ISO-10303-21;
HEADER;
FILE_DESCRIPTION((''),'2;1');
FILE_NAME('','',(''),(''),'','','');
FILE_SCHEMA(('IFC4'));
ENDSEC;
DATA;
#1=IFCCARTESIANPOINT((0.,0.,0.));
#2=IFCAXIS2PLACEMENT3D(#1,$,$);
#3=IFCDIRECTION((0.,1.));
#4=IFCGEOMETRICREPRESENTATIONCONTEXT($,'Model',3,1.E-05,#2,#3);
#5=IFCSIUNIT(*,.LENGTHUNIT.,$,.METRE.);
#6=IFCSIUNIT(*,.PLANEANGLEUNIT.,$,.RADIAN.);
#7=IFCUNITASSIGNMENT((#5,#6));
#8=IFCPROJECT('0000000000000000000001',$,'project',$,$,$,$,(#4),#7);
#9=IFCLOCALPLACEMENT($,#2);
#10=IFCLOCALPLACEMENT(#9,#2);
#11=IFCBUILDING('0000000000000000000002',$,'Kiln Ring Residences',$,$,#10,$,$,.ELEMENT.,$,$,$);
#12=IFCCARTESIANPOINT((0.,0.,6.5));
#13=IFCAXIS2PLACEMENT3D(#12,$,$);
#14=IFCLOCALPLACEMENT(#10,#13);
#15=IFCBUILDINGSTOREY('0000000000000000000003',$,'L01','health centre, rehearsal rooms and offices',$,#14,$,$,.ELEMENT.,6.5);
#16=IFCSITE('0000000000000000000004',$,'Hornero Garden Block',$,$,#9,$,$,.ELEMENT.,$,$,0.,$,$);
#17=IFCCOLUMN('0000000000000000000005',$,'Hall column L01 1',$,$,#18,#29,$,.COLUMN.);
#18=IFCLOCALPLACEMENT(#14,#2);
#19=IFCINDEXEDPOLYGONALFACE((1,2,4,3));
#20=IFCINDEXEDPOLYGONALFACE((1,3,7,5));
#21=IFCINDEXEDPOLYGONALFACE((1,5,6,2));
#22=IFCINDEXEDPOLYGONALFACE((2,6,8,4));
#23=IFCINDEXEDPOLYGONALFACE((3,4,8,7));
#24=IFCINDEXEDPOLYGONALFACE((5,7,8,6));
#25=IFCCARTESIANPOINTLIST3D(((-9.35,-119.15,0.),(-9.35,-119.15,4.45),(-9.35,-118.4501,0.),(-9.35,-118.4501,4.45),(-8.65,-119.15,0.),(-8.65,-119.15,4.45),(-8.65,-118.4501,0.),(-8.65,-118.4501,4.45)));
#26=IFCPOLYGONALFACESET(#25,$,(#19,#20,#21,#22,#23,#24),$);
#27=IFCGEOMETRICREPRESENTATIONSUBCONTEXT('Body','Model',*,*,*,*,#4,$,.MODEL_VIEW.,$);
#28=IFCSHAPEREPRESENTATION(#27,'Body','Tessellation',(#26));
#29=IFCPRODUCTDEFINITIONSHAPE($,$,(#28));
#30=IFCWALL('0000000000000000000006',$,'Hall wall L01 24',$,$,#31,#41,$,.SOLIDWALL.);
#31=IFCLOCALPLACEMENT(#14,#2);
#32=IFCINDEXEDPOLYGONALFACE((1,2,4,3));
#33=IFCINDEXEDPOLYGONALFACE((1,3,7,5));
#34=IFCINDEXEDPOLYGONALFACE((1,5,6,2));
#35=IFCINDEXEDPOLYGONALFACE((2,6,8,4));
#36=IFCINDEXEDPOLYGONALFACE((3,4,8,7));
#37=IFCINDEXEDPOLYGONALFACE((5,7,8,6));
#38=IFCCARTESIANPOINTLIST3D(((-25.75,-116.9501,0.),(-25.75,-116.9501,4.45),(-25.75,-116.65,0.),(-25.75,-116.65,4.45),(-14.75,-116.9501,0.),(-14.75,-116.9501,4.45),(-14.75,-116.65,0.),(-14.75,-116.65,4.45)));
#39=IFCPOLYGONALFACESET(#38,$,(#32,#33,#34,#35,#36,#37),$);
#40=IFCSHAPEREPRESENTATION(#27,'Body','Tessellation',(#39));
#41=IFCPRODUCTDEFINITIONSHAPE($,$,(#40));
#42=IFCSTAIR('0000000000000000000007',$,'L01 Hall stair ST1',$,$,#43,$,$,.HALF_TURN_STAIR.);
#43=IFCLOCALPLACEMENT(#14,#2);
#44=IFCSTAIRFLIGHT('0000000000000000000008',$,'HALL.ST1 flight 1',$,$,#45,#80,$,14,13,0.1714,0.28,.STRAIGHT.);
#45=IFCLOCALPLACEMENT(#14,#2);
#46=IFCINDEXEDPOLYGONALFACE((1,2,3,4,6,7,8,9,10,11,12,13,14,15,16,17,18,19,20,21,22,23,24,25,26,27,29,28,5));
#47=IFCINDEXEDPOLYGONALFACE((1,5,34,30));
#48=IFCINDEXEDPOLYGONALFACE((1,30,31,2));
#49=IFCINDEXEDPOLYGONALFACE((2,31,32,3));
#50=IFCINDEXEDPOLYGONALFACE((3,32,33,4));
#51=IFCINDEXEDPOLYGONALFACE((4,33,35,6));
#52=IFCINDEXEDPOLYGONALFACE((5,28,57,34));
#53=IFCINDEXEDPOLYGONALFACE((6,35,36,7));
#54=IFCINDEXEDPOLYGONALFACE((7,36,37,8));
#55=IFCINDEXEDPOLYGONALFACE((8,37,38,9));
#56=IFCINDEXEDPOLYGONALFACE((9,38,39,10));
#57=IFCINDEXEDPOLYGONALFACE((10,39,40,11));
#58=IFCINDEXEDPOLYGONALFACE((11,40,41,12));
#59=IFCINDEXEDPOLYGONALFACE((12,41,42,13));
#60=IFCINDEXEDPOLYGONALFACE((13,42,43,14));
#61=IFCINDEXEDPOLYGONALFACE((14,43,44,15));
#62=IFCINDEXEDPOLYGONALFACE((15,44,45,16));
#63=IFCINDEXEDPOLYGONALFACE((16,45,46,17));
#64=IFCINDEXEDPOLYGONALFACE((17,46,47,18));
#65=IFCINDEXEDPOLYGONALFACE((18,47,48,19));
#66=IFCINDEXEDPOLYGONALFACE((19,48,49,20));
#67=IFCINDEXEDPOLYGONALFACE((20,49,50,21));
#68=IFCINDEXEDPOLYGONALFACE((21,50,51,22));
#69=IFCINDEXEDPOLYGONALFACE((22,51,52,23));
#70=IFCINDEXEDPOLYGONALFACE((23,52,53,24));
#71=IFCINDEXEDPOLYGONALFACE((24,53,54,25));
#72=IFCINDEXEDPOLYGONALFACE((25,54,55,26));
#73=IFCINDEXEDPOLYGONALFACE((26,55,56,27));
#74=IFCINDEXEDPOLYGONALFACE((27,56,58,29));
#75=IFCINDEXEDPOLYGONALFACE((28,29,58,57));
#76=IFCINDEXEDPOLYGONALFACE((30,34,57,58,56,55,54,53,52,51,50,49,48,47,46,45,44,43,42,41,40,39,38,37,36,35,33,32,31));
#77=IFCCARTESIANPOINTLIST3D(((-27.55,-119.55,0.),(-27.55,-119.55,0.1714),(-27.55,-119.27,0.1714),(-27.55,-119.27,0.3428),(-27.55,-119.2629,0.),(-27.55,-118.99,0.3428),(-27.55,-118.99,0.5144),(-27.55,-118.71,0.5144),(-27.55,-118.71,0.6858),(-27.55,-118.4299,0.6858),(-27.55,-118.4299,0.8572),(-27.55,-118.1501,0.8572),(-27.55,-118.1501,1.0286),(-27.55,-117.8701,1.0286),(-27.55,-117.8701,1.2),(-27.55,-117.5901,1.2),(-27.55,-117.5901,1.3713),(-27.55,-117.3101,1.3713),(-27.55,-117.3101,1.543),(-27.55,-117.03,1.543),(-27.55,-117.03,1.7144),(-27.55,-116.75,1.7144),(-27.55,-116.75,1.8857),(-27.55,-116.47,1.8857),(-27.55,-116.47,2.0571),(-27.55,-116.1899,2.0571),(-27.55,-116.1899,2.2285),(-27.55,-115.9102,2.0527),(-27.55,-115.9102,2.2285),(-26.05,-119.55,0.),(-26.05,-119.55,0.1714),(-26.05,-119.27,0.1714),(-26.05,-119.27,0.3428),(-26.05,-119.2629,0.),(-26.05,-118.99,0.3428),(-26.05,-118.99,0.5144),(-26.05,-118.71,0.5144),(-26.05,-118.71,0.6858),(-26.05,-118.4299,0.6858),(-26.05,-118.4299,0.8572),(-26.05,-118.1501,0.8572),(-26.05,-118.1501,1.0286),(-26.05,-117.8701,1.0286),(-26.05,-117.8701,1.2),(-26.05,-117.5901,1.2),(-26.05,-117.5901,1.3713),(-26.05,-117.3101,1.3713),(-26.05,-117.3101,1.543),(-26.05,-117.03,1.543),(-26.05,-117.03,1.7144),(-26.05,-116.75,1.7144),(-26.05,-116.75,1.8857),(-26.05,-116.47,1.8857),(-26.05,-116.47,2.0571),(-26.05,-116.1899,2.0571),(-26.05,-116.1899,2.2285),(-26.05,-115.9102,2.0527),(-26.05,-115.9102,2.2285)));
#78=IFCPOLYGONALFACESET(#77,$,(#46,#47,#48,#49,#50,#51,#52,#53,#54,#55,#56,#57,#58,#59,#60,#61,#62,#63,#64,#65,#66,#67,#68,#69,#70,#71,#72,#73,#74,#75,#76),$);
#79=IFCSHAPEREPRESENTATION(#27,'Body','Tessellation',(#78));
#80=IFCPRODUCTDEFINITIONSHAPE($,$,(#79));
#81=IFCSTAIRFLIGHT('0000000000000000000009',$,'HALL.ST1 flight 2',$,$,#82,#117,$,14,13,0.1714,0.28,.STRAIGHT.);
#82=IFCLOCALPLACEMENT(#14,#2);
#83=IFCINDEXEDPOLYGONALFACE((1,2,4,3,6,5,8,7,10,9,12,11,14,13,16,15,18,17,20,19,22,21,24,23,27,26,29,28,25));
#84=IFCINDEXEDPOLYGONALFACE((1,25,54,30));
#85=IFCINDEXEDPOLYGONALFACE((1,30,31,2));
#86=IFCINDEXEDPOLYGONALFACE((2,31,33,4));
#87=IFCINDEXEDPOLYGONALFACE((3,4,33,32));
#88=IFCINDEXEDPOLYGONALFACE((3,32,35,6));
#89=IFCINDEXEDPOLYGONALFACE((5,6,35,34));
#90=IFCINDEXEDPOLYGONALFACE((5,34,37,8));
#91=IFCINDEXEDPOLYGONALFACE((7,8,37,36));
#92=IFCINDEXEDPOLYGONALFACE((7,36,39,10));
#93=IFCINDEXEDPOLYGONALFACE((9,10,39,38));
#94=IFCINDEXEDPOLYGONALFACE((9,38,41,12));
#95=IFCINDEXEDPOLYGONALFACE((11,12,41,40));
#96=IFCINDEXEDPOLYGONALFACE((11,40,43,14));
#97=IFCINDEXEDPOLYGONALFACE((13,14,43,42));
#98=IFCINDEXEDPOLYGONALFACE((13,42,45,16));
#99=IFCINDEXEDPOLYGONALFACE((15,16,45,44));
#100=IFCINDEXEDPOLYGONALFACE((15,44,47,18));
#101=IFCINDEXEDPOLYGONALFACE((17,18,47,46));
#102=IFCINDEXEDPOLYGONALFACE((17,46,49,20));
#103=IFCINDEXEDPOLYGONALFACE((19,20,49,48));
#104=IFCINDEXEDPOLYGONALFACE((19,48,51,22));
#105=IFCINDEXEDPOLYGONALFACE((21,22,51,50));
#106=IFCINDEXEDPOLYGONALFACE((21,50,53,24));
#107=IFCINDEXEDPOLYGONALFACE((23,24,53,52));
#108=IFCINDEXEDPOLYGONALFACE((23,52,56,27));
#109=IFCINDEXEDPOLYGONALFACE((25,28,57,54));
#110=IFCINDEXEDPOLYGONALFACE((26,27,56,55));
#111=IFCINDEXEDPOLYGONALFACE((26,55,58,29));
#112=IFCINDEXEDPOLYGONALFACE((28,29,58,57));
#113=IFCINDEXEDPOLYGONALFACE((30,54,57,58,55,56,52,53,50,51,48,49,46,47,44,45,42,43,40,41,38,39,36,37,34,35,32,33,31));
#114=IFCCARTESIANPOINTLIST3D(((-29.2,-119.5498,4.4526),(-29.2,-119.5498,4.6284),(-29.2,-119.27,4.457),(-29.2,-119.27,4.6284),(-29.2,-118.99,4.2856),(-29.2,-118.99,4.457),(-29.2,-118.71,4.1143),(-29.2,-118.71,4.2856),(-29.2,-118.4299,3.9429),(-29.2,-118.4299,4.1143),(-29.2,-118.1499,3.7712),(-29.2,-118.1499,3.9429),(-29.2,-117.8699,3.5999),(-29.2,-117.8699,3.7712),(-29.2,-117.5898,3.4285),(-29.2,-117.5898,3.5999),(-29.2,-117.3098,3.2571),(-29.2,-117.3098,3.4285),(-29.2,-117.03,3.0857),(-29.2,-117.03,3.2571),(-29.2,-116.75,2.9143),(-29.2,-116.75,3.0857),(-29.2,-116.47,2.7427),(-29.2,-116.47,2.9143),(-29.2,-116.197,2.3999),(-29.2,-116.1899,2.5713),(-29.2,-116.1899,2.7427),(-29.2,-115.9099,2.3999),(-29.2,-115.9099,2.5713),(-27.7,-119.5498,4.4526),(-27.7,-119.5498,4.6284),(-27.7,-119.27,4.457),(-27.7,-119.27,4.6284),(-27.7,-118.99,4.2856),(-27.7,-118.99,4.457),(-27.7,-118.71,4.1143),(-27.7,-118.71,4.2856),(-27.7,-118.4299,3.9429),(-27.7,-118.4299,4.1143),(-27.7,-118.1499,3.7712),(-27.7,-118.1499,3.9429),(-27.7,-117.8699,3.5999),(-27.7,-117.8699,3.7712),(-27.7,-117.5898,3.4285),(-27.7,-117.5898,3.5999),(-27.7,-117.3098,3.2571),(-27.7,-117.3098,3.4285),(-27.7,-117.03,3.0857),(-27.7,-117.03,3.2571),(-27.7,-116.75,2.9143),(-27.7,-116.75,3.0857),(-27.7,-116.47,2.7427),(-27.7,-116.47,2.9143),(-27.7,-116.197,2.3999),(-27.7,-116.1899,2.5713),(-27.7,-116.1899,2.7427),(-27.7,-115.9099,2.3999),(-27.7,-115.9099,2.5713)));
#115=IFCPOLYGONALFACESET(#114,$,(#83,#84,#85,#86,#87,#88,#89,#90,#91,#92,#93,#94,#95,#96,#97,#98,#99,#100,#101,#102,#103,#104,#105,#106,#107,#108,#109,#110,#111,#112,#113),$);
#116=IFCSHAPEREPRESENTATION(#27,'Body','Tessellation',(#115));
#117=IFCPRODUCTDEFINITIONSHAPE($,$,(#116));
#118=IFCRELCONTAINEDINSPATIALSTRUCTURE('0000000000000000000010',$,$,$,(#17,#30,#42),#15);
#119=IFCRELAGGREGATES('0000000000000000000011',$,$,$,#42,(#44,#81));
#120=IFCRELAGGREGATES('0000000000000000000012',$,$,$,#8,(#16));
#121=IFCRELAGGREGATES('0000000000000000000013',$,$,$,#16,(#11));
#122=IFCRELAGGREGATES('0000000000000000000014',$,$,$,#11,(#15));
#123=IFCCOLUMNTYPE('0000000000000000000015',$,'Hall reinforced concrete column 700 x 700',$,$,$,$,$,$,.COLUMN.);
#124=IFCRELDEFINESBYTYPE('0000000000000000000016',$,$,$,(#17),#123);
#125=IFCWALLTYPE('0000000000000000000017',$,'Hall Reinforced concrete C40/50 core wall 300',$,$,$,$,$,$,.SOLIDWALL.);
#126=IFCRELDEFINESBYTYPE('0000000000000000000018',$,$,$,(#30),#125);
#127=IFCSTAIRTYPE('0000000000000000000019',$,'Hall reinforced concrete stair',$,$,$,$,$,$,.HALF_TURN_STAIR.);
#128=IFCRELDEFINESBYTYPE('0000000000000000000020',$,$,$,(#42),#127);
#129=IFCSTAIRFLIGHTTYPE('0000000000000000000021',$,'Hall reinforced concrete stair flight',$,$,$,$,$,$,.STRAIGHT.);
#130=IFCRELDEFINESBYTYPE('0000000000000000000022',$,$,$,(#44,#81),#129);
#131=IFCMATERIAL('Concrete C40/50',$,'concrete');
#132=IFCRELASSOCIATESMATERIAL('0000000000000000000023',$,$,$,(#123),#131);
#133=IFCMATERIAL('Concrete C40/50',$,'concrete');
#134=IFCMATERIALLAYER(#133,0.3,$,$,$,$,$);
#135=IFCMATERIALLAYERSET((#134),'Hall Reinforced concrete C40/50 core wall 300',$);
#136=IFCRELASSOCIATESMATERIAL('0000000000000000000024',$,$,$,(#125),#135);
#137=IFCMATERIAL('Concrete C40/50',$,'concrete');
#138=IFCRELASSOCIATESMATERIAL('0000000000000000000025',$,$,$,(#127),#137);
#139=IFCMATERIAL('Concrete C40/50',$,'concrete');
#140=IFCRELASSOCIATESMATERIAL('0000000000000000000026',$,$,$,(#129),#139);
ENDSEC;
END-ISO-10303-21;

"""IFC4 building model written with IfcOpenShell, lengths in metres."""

from ifc_helpers import new_model, si_unit, direction, frame, frame_2d, origin, origin_2d, place, context, subcontext, project, spatial, polyline, rectangle, outline, extrude, material, layer, layer_set, material_profile, profile_set, type_object, element, aggregate, save


model = new_model("IFC4")

# Units and contexts
model_context = context("Model", 3, precision=1e-05, world=origin(), true_north=direction((0.0, 1.0)))
body_context = subcontext(model_context, "Body", "Model", "MODEL_VIEW")
ifc_project = project(units=[si_unit("LENGTHUNIT", "METRE"), si_unit("PLANEANGLEUNIT", "RADIAN")], contexts=[model_context])

# Site, building, storey
site_placement = place(None, origin())
site = spatial("IfcSite", under=ifc_project, at=site_placement, Name="Hornero Garden Block", CompositionType="ELEMENT", RefElevation=0.0)
building_placement = place(site_placement, origin())
building = spatial("IfcBuilding", under=site, at=building_placement, Name="Kiln Ring Residences", CompositionType="ELEMENT")
storey_placement = place(building_placement, frame((0.0, 0.0, 6.5)))
storey = spatial("IfcBuildingStorey", under=building, at=storey_placement, Name="L01", Description="health centre, rehearsal rooms and offices", CompositionType="ELEMENT", Elevation=6.5)

# Column
ifc_material_1 = material(Name="Concrete C40/50", Category="concrete")
ifc_material_profile = material_profile(ifc_material_1, rectangle(XDim=0.7, YDim=0.7, at=origin_2d()), Name="Hall reinforced concrete column 700 x 700")
ifc_profile_set = profile_set([ifc_material_profile], Name="Concrete C40/50")
column_type = type_object("IfcColumnType", Name="Hall reinforced concrete column 700 x 700", PredefinedType="COLUMN", material=ifc_profile_set)
column_placement = place(storey_placement, frame((-9.0, -118.8, 0.0), z_axis=(0.0, 0.0, 1.0), x_axis=(1.0, 0.0, 0.0)))
element("IfcColumn", 1, at=column_placement, inside=storey, type_object=column_type, Name="Hall column L01 1", PredefinedType="COLUMN", context=body_context, shape_type="SweptSolid", body=[
    extrude(rectangle(XDim=0.7, YDim=0.7, at=origin_2d()), origin(), (0.0, 0.0, 1.0), 4.45),
])

# Wall
ifc_material_2 = material(Name="Concrete C40/50", Category="concrete")
ifc_layer = layer(ifc_material_2, 0.3)
ifc_layer_set = layer_set([ifc_layer], Name="Hall Reinforced concrete C40/50 core wall 300")
wall_type = type_object("IfcWallType", Name="Hall Reinforced concrete C40/50 core wall 300", PredefinedType="SOLIDWALL", material=ifc_layer_set)
wall_placement = place(storey_placement, frame((-25.75, -116.8, 0.0), z_axis=(0.0, 0.0, 1.0), x_axis=(1.0, 0.0, 0.0)))
element("IfcWall", 2, at=wall_placement, inside=storey, type_object=wall_type, Name="Hall wall L01 24", PredefinedType="SOLIDWALL", context=body_context, shape_type="SweptSolid", body=[
    extrude(rectangle(XDim=11.0, YDim=0.3, at=frame_2d((5.5, 0.0))), origin(), (0.0, 0.0, 1.0), 4.45),
])

# Stair, stair flights
ifc_material_3 = material(Name="Concrete C40/50", Category="concrete")
stair_type = type_object("IfcStairType", Name="Hall reinforced concrete stair", PredefinedType="HALF_TURN_STAIR", material=ifc_material_3)
stair_placement = place(storey_placement, origin())
stair = element("IfcStair", 3, at=stair_placement, inside=storey, type_object=stair_type, Name="L01 Hall stair ST1", PredefinedType="HALF_TURN_STAIR")
ifc_material_4 = material(Name="Concrete C40/50", Category="concrete")
stair_flight_type = type_object("IfcStairFlightType", Name="Hall reinforced concrete stair flight", PredefinedType="STRAIGHT", material=ifc_material_4)
stair_flight_1_placement = place(storey_placement, frame((-26.8, -119.55, 0.0), z_axis=(0.0, 0.0, 1.0), x_axis=(0.0, 1.0, 0.0)))
stair_flight_1 = element("IfcStairFlight", 4, at=stair_flight_1_placement, type_object=stair_flight_type, Name="HALL.ST1 flight 1", NumberOfRisers=14, NumberOfTreads=13, PredefinedType="STRAIGHT", RiserHeight=0.1714, TreadLength=0.28, context=body_context, shape_type="SweptSolid", body=[
    extrude(outline(polyline([(0.0, 0.0), (0.0, 0.1714), (0.28, 0.1714), (0.28, 0.3428), (0.5601, 0.3428), (0.5601, 0.5144), (0.8401, 0.5144), (0.8401, 0.6858), (1.1201, 0.6858), (1.1201, 0.8572), (1.3999, 0.8572), (1.3999, 1.0286), (1.6799, 1.0286), (1.6799, 1.2), (1.96, 1.2), (1.96, 1.3713), (2.24, 1.3713), (2.24, 1.543), (2.52, 1.543), (2.52, 1.7144), (2.8, 1.7144), (2.8, 1.8857), (3.0801, 1.8857), (3.0801, 2.0571), (3.3601, 2.0571), (3.3601, 2.2285), (3.6399, 2.2285), (3.6399, 2.3999), (3.6399, 2.0527), (0.2871, 0.0), (0.0, 0.0)])), frame((0.0, 0.75, 0.0), z_axis=(0.0, -1.0, 0.0), x_axis=(1.0, 0.0, 0.0)), (0.0, 0.0, 1.0), 1.5),
])
stair_flight_2_placement = place(storey_placement, frame((-28.45, -115.9099, 2.3999), z_axis=(0.0, 0.0, 1.0), x_axis=(0.0, -1.0, 0.0)))
stair_flight_2 = element("IfcStairFlight", 5, at=stair_flight_2_placement, type_object=stair_flight_type, Name="HALL.ST1 flight 2", NumberOfRisers=14, NumberOfTreads=13, PredefinedType="STRAIGHT", RiserHeight=0.1714, TreadLength=0.28, context=body_context, shape_type="SweptSolid", body=[
    extrude(outline(polyline([(0.0, 0.0), (0.0, 0.1714), (0.28, 0.1714), (0.28, 0.3428), (0.5601, 0.3428), (0.5601, 0.5144), (0.8401, 0.5144), (0.8401, 0.6858), (1.1201, 0.6858), (1.1201, 0.8572), (1.3999, 0.8572), (1.3999, 1.0286), (1.6799, 1.0286), (1.6799, 1.2), (1.96, 1.2), (1.96, 1.3713), (2.24, 1.3713), (2.24, 1.543), (2.52, 1.543), (2.52, 1.7144), (2.8, 1.7144), (2.8, 1.8857), (3.0801, 1.8857), (3.0801, 2.0571), (3.3601, 2.0571), (3.3601, 2.2285), (3.6399, 2.2285), (3.6399, 2.3999), (3.6399, 2.0527), (0.2871, 0.0), (0.0, 0.0)])), frame((0.0, 0.75, 0.0), z_axis=(0.0, -1.0, 0.0), x_axis=(1.0, 0.0, 0.0)), (0.0, 0.0, 1.0), 1.5),
])
aggregate(stair, [stair_flight_1, stair_flight_2])

save(model, "model.ifc")
